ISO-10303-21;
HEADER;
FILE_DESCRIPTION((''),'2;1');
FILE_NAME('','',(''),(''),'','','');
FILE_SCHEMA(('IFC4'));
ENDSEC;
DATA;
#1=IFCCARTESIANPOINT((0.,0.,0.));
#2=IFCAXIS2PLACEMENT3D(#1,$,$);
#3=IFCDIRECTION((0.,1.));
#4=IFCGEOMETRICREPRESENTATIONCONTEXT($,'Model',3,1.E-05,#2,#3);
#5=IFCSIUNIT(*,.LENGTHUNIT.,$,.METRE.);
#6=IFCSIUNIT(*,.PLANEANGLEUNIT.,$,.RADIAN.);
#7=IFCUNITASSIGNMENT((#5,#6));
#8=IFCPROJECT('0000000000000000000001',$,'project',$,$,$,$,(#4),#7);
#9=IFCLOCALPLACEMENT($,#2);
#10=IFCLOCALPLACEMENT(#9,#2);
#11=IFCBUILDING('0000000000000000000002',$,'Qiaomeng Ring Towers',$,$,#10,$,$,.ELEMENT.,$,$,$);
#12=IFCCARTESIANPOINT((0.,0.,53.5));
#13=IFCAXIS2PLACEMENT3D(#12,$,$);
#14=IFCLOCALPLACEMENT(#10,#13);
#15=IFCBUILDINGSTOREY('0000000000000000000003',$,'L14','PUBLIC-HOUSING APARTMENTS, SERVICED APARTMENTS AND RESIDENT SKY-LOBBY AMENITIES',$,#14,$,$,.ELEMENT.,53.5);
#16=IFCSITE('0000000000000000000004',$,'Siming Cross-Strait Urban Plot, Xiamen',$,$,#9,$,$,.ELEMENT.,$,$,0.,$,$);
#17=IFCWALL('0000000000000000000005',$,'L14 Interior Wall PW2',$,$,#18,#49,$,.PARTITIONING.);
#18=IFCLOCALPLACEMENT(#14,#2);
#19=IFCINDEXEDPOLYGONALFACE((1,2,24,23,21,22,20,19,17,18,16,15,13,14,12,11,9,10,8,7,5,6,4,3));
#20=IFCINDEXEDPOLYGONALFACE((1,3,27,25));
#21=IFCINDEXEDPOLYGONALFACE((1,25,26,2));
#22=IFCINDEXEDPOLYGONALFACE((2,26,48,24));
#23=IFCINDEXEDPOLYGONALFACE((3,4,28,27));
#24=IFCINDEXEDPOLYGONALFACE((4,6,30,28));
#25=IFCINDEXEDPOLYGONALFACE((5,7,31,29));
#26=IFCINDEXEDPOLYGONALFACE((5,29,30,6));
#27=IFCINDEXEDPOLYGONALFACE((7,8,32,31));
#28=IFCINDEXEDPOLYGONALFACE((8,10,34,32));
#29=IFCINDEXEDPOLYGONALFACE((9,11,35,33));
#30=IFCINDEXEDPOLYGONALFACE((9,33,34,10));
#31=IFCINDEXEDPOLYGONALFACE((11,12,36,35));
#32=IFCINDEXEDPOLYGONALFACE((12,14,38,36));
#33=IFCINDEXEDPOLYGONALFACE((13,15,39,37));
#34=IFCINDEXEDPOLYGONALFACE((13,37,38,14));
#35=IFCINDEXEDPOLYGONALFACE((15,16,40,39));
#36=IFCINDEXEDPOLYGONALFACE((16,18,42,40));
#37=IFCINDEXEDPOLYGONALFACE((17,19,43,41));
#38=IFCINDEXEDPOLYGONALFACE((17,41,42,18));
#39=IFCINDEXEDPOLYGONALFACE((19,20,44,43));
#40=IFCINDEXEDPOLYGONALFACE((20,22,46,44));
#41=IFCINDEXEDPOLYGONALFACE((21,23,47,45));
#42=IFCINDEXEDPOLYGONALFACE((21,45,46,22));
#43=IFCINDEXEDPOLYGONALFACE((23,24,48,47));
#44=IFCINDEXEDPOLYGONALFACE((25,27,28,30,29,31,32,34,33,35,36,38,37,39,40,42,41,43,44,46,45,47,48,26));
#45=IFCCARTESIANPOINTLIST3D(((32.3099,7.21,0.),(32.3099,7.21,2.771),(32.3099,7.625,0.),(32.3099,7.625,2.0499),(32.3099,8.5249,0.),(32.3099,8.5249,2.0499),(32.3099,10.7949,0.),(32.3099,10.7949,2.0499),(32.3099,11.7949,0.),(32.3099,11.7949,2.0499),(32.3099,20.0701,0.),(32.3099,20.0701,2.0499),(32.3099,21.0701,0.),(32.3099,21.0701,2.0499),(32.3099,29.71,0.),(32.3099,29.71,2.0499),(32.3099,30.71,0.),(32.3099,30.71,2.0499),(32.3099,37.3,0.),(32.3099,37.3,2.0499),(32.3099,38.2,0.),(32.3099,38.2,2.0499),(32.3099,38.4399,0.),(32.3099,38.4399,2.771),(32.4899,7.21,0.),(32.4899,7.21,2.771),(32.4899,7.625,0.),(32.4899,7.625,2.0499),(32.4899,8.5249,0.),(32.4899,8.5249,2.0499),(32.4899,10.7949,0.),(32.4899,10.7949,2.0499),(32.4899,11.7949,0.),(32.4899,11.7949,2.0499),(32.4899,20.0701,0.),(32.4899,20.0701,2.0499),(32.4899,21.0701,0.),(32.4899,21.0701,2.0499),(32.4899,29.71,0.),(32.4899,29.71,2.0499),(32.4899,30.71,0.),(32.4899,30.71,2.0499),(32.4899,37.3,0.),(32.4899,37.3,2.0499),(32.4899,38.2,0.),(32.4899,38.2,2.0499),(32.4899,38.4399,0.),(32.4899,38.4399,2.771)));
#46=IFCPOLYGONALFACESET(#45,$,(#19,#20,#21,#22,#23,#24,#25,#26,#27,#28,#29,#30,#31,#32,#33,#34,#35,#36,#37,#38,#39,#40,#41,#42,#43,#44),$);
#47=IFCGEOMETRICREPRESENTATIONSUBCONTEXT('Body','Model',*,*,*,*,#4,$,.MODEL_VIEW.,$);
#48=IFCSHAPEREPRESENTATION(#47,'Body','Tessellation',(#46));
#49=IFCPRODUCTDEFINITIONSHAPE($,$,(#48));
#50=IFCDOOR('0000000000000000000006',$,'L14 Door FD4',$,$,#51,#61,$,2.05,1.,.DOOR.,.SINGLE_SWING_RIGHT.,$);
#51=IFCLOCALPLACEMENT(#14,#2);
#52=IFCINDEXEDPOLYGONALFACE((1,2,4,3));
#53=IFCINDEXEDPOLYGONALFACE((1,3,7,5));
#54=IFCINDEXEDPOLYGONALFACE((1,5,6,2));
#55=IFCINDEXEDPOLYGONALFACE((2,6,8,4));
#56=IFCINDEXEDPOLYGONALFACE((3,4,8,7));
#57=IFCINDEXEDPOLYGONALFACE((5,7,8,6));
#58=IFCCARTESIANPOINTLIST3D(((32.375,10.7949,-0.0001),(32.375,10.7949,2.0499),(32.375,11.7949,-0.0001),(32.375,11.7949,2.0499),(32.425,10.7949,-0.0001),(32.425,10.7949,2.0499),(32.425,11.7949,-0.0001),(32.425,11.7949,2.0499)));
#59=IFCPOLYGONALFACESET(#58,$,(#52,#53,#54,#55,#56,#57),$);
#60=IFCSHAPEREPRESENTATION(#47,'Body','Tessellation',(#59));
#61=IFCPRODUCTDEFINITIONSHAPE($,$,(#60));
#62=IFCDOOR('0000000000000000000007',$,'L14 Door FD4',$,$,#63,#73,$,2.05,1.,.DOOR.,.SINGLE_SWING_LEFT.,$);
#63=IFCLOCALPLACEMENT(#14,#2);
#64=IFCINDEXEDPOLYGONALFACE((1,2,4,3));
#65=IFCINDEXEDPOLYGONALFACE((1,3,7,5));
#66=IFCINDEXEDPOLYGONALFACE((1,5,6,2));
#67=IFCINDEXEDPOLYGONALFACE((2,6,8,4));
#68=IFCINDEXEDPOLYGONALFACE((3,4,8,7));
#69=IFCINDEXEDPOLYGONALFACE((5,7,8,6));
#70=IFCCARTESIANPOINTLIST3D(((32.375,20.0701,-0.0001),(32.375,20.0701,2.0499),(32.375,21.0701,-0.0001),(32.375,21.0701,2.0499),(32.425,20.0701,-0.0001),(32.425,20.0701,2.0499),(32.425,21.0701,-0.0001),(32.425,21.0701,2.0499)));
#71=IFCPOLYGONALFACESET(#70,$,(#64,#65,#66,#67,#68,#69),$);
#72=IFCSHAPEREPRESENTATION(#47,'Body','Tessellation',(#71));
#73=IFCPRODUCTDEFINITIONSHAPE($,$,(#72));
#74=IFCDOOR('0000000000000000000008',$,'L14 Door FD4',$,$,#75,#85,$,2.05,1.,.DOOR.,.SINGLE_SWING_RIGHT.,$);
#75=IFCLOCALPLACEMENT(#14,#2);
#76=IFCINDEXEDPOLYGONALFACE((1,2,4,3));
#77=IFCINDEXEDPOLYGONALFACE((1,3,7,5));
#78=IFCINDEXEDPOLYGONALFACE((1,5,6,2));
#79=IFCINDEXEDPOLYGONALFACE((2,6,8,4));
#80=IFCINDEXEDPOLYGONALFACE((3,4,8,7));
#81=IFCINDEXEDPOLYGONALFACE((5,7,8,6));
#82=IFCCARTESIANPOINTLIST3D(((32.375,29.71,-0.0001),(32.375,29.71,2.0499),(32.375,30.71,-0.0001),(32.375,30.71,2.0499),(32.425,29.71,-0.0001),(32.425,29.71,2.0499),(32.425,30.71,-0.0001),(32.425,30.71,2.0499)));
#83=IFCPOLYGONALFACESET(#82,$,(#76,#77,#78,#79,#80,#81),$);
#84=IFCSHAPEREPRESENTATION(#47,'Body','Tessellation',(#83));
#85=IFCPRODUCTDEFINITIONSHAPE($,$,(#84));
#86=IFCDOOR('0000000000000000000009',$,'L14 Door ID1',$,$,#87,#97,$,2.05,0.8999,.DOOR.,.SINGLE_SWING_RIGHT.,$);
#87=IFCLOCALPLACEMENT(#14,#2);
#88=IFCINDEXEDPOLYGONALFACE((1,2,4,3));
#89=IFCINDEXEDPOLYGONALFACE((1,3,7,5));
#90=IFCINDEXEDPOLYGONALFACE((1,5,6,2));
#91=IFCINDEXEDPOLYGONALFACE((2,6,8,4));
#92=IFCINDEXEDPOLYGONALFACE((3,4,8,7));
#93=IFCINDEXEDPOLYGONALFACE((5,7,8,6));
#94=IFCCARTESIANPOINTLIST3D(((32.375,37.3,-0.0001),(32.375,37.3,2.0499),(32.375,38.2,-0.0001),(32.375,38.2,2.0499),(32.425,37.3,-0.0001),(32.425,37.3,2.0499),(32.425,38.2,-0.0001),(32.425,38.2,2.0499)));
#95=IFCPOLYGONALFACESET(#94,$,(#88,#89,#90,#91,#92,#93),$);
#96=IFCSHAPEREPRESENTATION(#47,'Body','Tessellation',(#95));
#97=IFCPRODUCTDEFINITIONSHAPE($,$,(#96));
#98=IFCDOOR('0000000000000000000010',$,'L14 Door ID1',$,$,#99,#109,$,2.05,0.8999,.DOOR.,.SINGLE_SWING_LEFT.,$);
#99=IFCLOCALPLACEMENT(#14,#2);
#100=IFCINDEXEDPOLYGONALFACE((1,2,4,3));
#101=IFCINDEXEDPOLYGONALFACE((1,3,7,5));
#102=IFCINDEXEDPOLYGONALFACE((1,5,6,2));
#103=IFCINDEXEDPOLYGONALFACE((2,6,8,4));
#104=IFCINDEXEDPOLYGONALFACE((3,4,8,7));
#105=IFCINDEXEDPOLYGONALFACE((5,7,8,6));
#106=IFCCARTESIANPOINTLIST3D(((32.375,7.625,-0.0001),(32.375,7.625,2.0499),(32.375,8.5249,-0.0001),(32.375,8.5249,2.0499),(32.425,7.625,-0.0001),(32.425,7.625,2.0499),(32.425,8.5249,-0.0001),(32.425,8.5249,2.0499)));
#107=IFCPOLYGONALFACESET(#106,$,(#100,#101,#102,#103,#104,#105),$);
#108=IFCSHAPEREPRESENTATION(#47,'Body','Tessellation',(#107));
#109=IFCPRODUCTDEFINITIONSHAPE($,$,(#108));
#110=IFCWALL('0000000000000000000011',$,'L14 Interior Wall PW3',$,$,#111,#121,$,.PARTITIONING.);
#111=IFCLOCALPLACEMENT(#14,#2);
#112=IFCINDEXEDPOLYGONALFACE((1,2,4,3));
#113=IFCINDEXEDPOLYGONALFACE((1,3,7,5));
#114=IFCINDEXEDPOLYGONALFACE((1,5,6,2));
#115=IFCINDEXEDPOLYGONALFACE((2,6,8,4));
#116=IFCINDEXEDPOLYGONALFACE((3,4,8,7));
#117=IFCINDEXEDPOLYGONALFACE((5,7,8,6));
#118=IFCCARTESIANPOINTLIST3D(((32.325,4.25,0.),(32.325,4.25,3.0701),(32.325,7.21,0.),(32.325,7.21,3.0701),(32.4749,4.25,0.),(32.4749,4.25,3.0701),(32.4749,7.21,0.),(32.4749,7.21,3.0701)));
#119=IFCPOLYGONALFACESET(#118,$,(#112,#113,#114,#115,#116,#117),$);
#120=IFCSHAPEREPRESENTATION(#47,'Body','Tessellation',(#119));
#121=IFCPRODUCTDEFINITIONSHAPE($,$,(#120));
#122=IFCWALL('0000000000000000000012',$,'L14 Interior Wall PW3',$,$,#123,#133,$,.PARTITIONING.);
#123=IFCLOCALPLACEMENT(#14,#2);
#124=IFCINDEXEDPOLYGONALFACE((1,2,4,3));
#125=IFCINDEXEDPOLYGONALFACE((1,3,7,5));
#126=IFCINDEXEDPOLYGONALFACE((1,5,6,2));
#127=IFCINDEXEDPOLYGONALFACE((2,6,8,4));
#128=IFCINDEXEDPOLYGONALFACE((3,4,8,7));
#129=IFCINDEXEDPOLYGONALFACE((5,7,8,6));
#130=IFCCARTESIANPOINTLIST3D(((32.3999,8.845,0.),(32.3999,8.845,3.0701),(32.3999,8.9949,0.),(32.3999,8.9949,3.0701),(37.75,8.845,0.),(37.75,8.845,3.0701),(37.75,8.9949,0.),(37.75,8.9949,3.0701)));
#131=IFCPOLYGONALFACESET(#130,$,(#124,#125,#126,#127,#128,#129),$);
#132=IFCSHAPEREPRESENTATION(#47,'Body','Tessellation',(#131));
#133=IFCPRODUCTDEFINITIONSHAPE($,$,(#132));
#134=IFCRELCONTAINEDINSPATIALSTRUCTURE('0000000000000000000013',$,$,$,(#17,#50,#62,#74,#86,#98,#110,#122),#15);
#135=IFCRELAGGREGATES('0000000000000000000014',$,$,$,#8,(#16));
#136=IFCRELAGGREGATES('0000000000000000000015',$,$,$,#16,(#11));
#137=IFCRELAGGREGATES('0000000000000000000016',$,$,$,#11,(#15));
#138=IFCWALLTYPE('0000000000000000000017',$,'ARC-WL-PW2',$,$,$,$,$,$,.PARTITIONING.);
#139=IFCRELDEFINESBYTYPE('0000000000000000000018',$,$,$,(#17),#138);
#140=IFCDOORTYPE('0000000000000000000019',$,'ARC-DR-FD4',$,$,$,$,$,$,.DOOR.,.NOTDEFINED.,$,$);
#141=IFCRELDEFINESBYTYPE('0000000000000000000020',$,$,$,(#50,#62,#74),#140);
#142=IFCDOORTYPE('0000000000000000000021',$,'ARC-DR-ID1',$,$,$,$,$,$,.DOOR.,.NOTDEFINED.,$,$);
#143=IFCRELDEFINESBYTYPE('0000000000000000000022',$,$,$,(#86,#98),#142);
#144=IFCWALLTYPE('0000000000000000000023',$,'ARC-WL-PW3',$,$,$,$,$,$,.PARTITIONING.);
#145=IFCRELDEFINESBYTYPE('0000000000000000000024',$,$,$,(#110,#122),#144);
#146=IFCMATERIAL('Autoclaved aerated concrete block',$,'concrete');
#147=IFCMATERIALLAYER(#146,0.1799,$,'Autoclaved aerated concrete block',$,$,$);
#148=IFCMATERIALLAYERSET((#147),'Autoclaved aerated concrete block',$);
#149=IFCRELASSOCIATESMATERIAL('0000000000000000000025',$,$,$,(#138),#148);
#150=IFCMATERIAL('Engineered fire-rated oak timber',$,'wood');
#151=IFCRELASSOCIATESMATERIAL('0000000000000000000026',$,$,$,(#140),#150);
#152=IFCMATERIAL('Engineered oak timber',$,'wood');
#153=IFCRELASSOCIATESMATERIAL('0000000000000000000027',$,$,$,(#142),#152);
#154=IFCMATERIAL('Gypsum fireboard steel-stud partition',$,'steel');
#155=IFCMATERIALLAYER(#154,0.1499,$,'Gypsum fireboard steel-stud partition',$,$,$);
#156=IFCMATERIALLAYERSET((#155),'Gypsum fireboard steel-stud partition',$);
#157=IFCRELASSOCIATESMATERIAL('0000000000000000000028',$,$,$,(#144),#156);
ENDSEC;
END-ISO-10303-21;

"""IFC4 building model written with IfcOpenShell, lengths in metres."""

from ifc_helpers import new_model, si_unit, direction, frame, frame_2d, origin, place, context, subcontext, project, spatial, rectangle, extrude, source, transform, mapped, material, layer, layer_set, type_object, element, fill, save


model = new_model("IFC4")

# Units and contexts
model_context = context("Model", 3, precision=1e-05, world=origin(), true_north=direction((0.0, 1.0)))
body_context = subcontext(model_context, "Body", "Model", "MODEL_VIEW")
ifc_project = project(units=[si_unit("LENGTHUNIT", "METRE"), si_unit("PLANEANGLEUNIT", "RADIAN")], contexts=[model_context])

# Site, building, storey
site_placement = place(None, origin())
site = spatial("IfcSite", under=ifc_project, at=site_placement, Name="Siming Cross-Strait Urban Plot, Xiamen", CompositionType="ELEMENT", RefElevation=0.0)
building_placement = place(site_placement, origin())
building = spatial("IfcBuilding", under=site, at=building_placement, Name="Qiaomeng Ring Towers", CompositionType="ELEMENT")
storey_placement = place(building_placement, frame((0.0, 0.0, 53.5)))
storey = spatial("IfcBuildingStorey", under=building, at=storey_placement, Name="L14", Description="PUBLIC-HOUSING APARTMENTS, SERVICED APARTMENTS AND RESIDENT SKY-LOBBY AMENITIES", CompositionType="ELEMENT", Elevation=53.5)

# Wall, openings, doors
ifc_material_1 = material(Name="Autoclaved aerated concrete block", Category="concrete")
ifc_layer_1 = layer(ifc_material_1, 0.1799, Name="Autoclaved aerated concrete block")
ifc_layer_set_1 = layer_set([ifc_layer_1], Name="Autoclaved aerated concrete block")
wall_type_1 = type_object("IfcWallType", Name="ARC-WL-PW2", PredefinedType="PARTITIONING", material=ifc_layer_set_1)
wall_1_placement = place(storey_placement, frame((32.3999, 7.21, 0.0), z_axis=(0.0, 0.0, 1.0), x_axis=(0.0, 1.0, 0.0)))
wall_1 = element("IfcWall", 1, at=wall_1_placement, inside=storey, type_object=wall_type_1, Name="L14 Interior Wall PW2", PredefinedType="PARTITIONING", context=body_context, shape_type="SweptSolid", body=[
    extrude(rectangle(XDim=31.23, YDim=0.1799, at=frame_2d((15.615, 0.0))), origin(), (0.0, 0.0, 1.0), 2.771),
])
opening_1_placement = place(wall_1_placement, frame((30.0901, 0.0, 0.0)))
opening_1 = element("IfcOpeningElement", 2, at=opening_1_placement, cuts=wall_1, PredefinedType="OPENING", context=body_context, shape_type="SweptSolid", body=[
    extrude(rectangle(XDim=0.8999, YDim=2.05, at=frame_2d((0.45, 1.0249))), frame((0.0, 0.0999, 0.0), z_axis=(0.0, -1.0, 0.0), x_axis=(1.0, 0.0, 0.0)), (0.0, 0.0, 1.0), 0.2),
])
opening_2_placement = place(wall_1_placement, frame((0.415, 0.0, 0.0)))
opening_2 = element("IfcOpeningElement", 3, at=opening_2_placement, cuts=wall_1, PredefinedType="OPENING", context=body_context, shape_type="SweptSolid", body=[
    extrude(rectangle(XDim=0.8999, YDim=2.05, at=frame_2d((0.45, 1.0249))), frame((0.0, 0.0999, 0.0), z_axis=(0.0, -1.0, 0.0), x_axis=(1.0, 0.0, 0.0)), (0.0, 0.0, 1.0), 0.2),
])
opening_3_placement = place(wall_1_placement, frame((3.585, 0.0, 0.0)))
opening_3 = element("IfcOpeningElement", 4, at=opening_3_placement, cuts=wall_1, PredefinedType="OPENING", context=body_context, shape_type="SweptSolid", body=[
    extrude(rectangle(XDim=1.0, YDim=2.05, at=frame_2d((0.5, 1.0249))), frame((0.0, 0.0999, 0.0), z_axis=(0.0, -1.0, 0.0), x_axis=(1.0, 0.0, 0.0)), (0.0, 0.0, 1.0), 0.2),
])
opening_4_placement = place(wall_1_placement, frame((12.8601, 0.0, 0.0)))
opening_4 = element("IfcOpeningElement", 5, at=opening_4_placement, cuts=wall_1, PredefinedType="OPENING", context=body_context, shape_type="SweptSolid", body=[
    extrude(rectangle(XDim=1.0, YDim=2.05, at=frame_2d((0.5, 1.0249))), frame((0.0, 0.0999, 0.0), z_axis=(0.0, -1.0, 0.0), x_axis=(1.0, 0.0, 0.0)), (0.0, 0.0, 1.0), 0.2),
])
opening_5_placement = place(wall_1_placement, frame((22.5, 0.0, 0.0)))
opening_5 = element("IfcOpeningElement", 6, at=opening_5_placement, cuts=wall_1, PredefinedType="OPENING", context=body_context, shape_type="SweptSolid", body=[
    extrude(rectangle(XDim=1.0, YDim=2.05, at=frame_2d((0.5, 1.0249))), frame((0.0, 0.0999, 0.0), z_axis=(0.0, -1.0, 0.0), x_axis=(1.0, 0.0, 0.0)), (0.0, 0.0, 1.0), 0.2),
])
ifc_material_2 = material(Name="Engineered fire-rated oak timber", Category="wood")
door_type_1 = type_object("IfcDoorType", Name="ARC-DR-FD4", OperationType="NOTDEFINED", PredefinedType="DOOR", material=ifc_material_2)
shared_shape_1 = source(origin(), body_context, "Body", "SweptSolid", [
    extrude(rectangle(XDim=1.0, YDim=2.05, at=frame_2d((0.5, 1.0249))), frame((0.0, 0.0249, 0.0), z_axis=(0.0, -1.0, 0.0), x_axis=(1.0, 0.0, 0.0)), (0.0, 0.0, 1.0), 0.05),
])
door_1_placement = place(opening_3_placement, origin())
door_1 = element("IfcDoor", 7, at=door_1_placement, inside=storey, type_object=door_type_1, Name="L14 Door FD4", OperationType="SINGLE_SWING_RIGHT", OverallHeight=2.05, OverallWidth=1.0, PredefinedType="DOOR", context=body_context, shape_type="MappedRepresentation", body=[
    mapped(shared_shape_1, transform((0.0, 0.0, 0.0), x_axis=(1.0, 0.0, 0.0), y_axis=(0.0, 1.0, 0.0), z_axis=(0.0, 0.0, 1.0), scale=1.0)),
])
fill(opening_3, door_1)
door_2_placement = place(opening_4_placement, origin())
door_2 = element("IfcDoor", 8, at=door_2_placement, inside=storey, type_object=door_type_1, Name="L14 Door FD4", OperationType="SINGLE_SWING_LEFT", OverallHeight=2.05, OverallWidth=1.0, PredefinedType="DOOR", context=body_context, shape_type="MappedRepresentation", body=[
    mapped(shared_shape_1, transform((0.0, 0.0, 0.0), x_axis=(1.0, 0.0, 0.0), y_axis=(0.0, 1.0, 0.0), z_axis=(0.0, 0.0, 1.0), scale=1.0)),
])
fill(opening_4, door_2)
door_3_placement = place(opening_5_placement, origin())
door_3 = element("IfcDoor", 9, at=door_3_placement, inside=storey, type_object=door_type_1, Name="L14 Door FD4", OperationType="SINGLE_SWING_RIGHT", OverallHeight=2.05, OverallWidth=1.0, PredefinedType="DOOR", context=body_context, shape_type="MappedRepresentation", body=[
    mapped(shared_shape_1, transform((0.0, 0.0, 0.0), x_axis=(1.0, 0.0, 0.0), y_axis=(0.0, 1.0, 0.0), z_axis=(0.0, 0.0, 1.0), scale=1.0)),
])
fill(opening_5, door_3)
ifc_material_3 = material(Name="Engineered oak timber", Category="wood")
door_type_2 = type_object("IfcDoorType", Name="ARC-DR-ID1", OperationType="NOTDEFINED", PredefinedType="DOOR", material=ifc_material_3)
shared_shape_2 = source(origin(), body_context, "Body", "SweptSolid", [
    extrude(rectangle(XDim=0.8999, YDim=2.05, at=frame_2d((0.45, 1.0249))), frame((0.0, 0.0249, 0.0), z_axis=(0.0, -1.0, 0.0), x_axis=(1.0, 0.0, 0.0)), (0.0, 0.0, 1.0), 0.05),
])
door_4_placement = place(opening_1_placement, origin())
door_4 = element("IfcDoor", 10, at=door_4_placement, inside=storey, type_object=door_type_2, Name="L14 Door ID1", OperationType="SINGLE_SWING_RIGHT", OverallHeight=2.05, OverallWidth=0.8999, PredefinedType="DOOR", context=body_context, shape_type="MappedRepresentation", body=[
    mapped(shared_shape_2, transform((0.0, 0.0, 0.0), x_axis=(1.0, 0.0, 0.0), y_axis=(0.0, 1.0, 0.0), z_axis=(0.0, 0.0, 1.0), scale=1.0)),
])
fill(opening_1, door_4)
door_5_placement = place(opening_2_placement, origin())
door_5 = element("IfcDoor", 11, at=door_5_placement, inside=storey, type_object=door_type_2, Name="L14 Door ID1", OperationType="SINGLE_SWING_LEFT", OverallHeight=2.05, OverallWidth=0.8999, PredefinedType="DOOR", context=body_context, shape_type="MappedRepresentation", body=[
    mapped(shared_shape_2, transform((0.0, 0.0, 0.0), x_axis=(1.0, 0.0, 0.0), y_axis=(0.0, 1.0, 0.0), z_axis=(0.0, 0.0, 1.0), scale=1.0)),
])
fill(opening_2, door_5)

# Walls
ifc_material_4 = material(Name="Gypsum fireboard steel-stud partition", Category="steel")
ifc_layer_2 = layer(ifc_material_4, 0.1499, Name="Gypsum fireboard steel-stud partition")
ifc_layer_set_2 = layer_set([ifc_layer_2], Name="Gypsum fireboard steel-stud partition")
wall_type_2 = type_object("IfcWallType", Name="ARC-WL-PW3", PredefinedType="PARTITIONING", material=ifc_layer_set_2)
wall_2_placement = place(storey_placement, frame((32.3999, 4.25, 0.0), z_axis=(0.0, 0.0, 1.0), x_axis=(0.0, 1.0, 0.0)))
element("IfcWall", 12, at=wall_2_placement, inside=storey, type_object=wall_type_2, Name="L14 Interior Wall PW3", PredefinedType="PARTITIONING", context=body_context, shape_type="SweptSolid", body=[
    extrude(rectangle(XDim=2.96, YDim=0.1499, at=frame_2d((1.48, 0.0))), origin(), (0.0, 0.0, 1.0), 3.0701),
])
wall_3_placement = place(storey_placement, frame((32.3999, 8.9199, 0.0), z_axis=(0.0, 0.0, 1.0), x_axis=(1.0, 0.0, 0.0)))
element("IfcWall", 13, at=wall_3_placement, inside=storey, type_object=wall_type_2, Name="L14 Interior Wall PW3", PredefinedType="PARTITIONING", context=body_context, shape_type="SweptSolid", body=[
    extrude(rectangle(XDim=5.3501, YDim=0.1499, at=frame_2d((2.675, 0.0))), origin(), (0.0, 0.0, 1.0), 3.0701),
])

save(model, "model.ifc")
